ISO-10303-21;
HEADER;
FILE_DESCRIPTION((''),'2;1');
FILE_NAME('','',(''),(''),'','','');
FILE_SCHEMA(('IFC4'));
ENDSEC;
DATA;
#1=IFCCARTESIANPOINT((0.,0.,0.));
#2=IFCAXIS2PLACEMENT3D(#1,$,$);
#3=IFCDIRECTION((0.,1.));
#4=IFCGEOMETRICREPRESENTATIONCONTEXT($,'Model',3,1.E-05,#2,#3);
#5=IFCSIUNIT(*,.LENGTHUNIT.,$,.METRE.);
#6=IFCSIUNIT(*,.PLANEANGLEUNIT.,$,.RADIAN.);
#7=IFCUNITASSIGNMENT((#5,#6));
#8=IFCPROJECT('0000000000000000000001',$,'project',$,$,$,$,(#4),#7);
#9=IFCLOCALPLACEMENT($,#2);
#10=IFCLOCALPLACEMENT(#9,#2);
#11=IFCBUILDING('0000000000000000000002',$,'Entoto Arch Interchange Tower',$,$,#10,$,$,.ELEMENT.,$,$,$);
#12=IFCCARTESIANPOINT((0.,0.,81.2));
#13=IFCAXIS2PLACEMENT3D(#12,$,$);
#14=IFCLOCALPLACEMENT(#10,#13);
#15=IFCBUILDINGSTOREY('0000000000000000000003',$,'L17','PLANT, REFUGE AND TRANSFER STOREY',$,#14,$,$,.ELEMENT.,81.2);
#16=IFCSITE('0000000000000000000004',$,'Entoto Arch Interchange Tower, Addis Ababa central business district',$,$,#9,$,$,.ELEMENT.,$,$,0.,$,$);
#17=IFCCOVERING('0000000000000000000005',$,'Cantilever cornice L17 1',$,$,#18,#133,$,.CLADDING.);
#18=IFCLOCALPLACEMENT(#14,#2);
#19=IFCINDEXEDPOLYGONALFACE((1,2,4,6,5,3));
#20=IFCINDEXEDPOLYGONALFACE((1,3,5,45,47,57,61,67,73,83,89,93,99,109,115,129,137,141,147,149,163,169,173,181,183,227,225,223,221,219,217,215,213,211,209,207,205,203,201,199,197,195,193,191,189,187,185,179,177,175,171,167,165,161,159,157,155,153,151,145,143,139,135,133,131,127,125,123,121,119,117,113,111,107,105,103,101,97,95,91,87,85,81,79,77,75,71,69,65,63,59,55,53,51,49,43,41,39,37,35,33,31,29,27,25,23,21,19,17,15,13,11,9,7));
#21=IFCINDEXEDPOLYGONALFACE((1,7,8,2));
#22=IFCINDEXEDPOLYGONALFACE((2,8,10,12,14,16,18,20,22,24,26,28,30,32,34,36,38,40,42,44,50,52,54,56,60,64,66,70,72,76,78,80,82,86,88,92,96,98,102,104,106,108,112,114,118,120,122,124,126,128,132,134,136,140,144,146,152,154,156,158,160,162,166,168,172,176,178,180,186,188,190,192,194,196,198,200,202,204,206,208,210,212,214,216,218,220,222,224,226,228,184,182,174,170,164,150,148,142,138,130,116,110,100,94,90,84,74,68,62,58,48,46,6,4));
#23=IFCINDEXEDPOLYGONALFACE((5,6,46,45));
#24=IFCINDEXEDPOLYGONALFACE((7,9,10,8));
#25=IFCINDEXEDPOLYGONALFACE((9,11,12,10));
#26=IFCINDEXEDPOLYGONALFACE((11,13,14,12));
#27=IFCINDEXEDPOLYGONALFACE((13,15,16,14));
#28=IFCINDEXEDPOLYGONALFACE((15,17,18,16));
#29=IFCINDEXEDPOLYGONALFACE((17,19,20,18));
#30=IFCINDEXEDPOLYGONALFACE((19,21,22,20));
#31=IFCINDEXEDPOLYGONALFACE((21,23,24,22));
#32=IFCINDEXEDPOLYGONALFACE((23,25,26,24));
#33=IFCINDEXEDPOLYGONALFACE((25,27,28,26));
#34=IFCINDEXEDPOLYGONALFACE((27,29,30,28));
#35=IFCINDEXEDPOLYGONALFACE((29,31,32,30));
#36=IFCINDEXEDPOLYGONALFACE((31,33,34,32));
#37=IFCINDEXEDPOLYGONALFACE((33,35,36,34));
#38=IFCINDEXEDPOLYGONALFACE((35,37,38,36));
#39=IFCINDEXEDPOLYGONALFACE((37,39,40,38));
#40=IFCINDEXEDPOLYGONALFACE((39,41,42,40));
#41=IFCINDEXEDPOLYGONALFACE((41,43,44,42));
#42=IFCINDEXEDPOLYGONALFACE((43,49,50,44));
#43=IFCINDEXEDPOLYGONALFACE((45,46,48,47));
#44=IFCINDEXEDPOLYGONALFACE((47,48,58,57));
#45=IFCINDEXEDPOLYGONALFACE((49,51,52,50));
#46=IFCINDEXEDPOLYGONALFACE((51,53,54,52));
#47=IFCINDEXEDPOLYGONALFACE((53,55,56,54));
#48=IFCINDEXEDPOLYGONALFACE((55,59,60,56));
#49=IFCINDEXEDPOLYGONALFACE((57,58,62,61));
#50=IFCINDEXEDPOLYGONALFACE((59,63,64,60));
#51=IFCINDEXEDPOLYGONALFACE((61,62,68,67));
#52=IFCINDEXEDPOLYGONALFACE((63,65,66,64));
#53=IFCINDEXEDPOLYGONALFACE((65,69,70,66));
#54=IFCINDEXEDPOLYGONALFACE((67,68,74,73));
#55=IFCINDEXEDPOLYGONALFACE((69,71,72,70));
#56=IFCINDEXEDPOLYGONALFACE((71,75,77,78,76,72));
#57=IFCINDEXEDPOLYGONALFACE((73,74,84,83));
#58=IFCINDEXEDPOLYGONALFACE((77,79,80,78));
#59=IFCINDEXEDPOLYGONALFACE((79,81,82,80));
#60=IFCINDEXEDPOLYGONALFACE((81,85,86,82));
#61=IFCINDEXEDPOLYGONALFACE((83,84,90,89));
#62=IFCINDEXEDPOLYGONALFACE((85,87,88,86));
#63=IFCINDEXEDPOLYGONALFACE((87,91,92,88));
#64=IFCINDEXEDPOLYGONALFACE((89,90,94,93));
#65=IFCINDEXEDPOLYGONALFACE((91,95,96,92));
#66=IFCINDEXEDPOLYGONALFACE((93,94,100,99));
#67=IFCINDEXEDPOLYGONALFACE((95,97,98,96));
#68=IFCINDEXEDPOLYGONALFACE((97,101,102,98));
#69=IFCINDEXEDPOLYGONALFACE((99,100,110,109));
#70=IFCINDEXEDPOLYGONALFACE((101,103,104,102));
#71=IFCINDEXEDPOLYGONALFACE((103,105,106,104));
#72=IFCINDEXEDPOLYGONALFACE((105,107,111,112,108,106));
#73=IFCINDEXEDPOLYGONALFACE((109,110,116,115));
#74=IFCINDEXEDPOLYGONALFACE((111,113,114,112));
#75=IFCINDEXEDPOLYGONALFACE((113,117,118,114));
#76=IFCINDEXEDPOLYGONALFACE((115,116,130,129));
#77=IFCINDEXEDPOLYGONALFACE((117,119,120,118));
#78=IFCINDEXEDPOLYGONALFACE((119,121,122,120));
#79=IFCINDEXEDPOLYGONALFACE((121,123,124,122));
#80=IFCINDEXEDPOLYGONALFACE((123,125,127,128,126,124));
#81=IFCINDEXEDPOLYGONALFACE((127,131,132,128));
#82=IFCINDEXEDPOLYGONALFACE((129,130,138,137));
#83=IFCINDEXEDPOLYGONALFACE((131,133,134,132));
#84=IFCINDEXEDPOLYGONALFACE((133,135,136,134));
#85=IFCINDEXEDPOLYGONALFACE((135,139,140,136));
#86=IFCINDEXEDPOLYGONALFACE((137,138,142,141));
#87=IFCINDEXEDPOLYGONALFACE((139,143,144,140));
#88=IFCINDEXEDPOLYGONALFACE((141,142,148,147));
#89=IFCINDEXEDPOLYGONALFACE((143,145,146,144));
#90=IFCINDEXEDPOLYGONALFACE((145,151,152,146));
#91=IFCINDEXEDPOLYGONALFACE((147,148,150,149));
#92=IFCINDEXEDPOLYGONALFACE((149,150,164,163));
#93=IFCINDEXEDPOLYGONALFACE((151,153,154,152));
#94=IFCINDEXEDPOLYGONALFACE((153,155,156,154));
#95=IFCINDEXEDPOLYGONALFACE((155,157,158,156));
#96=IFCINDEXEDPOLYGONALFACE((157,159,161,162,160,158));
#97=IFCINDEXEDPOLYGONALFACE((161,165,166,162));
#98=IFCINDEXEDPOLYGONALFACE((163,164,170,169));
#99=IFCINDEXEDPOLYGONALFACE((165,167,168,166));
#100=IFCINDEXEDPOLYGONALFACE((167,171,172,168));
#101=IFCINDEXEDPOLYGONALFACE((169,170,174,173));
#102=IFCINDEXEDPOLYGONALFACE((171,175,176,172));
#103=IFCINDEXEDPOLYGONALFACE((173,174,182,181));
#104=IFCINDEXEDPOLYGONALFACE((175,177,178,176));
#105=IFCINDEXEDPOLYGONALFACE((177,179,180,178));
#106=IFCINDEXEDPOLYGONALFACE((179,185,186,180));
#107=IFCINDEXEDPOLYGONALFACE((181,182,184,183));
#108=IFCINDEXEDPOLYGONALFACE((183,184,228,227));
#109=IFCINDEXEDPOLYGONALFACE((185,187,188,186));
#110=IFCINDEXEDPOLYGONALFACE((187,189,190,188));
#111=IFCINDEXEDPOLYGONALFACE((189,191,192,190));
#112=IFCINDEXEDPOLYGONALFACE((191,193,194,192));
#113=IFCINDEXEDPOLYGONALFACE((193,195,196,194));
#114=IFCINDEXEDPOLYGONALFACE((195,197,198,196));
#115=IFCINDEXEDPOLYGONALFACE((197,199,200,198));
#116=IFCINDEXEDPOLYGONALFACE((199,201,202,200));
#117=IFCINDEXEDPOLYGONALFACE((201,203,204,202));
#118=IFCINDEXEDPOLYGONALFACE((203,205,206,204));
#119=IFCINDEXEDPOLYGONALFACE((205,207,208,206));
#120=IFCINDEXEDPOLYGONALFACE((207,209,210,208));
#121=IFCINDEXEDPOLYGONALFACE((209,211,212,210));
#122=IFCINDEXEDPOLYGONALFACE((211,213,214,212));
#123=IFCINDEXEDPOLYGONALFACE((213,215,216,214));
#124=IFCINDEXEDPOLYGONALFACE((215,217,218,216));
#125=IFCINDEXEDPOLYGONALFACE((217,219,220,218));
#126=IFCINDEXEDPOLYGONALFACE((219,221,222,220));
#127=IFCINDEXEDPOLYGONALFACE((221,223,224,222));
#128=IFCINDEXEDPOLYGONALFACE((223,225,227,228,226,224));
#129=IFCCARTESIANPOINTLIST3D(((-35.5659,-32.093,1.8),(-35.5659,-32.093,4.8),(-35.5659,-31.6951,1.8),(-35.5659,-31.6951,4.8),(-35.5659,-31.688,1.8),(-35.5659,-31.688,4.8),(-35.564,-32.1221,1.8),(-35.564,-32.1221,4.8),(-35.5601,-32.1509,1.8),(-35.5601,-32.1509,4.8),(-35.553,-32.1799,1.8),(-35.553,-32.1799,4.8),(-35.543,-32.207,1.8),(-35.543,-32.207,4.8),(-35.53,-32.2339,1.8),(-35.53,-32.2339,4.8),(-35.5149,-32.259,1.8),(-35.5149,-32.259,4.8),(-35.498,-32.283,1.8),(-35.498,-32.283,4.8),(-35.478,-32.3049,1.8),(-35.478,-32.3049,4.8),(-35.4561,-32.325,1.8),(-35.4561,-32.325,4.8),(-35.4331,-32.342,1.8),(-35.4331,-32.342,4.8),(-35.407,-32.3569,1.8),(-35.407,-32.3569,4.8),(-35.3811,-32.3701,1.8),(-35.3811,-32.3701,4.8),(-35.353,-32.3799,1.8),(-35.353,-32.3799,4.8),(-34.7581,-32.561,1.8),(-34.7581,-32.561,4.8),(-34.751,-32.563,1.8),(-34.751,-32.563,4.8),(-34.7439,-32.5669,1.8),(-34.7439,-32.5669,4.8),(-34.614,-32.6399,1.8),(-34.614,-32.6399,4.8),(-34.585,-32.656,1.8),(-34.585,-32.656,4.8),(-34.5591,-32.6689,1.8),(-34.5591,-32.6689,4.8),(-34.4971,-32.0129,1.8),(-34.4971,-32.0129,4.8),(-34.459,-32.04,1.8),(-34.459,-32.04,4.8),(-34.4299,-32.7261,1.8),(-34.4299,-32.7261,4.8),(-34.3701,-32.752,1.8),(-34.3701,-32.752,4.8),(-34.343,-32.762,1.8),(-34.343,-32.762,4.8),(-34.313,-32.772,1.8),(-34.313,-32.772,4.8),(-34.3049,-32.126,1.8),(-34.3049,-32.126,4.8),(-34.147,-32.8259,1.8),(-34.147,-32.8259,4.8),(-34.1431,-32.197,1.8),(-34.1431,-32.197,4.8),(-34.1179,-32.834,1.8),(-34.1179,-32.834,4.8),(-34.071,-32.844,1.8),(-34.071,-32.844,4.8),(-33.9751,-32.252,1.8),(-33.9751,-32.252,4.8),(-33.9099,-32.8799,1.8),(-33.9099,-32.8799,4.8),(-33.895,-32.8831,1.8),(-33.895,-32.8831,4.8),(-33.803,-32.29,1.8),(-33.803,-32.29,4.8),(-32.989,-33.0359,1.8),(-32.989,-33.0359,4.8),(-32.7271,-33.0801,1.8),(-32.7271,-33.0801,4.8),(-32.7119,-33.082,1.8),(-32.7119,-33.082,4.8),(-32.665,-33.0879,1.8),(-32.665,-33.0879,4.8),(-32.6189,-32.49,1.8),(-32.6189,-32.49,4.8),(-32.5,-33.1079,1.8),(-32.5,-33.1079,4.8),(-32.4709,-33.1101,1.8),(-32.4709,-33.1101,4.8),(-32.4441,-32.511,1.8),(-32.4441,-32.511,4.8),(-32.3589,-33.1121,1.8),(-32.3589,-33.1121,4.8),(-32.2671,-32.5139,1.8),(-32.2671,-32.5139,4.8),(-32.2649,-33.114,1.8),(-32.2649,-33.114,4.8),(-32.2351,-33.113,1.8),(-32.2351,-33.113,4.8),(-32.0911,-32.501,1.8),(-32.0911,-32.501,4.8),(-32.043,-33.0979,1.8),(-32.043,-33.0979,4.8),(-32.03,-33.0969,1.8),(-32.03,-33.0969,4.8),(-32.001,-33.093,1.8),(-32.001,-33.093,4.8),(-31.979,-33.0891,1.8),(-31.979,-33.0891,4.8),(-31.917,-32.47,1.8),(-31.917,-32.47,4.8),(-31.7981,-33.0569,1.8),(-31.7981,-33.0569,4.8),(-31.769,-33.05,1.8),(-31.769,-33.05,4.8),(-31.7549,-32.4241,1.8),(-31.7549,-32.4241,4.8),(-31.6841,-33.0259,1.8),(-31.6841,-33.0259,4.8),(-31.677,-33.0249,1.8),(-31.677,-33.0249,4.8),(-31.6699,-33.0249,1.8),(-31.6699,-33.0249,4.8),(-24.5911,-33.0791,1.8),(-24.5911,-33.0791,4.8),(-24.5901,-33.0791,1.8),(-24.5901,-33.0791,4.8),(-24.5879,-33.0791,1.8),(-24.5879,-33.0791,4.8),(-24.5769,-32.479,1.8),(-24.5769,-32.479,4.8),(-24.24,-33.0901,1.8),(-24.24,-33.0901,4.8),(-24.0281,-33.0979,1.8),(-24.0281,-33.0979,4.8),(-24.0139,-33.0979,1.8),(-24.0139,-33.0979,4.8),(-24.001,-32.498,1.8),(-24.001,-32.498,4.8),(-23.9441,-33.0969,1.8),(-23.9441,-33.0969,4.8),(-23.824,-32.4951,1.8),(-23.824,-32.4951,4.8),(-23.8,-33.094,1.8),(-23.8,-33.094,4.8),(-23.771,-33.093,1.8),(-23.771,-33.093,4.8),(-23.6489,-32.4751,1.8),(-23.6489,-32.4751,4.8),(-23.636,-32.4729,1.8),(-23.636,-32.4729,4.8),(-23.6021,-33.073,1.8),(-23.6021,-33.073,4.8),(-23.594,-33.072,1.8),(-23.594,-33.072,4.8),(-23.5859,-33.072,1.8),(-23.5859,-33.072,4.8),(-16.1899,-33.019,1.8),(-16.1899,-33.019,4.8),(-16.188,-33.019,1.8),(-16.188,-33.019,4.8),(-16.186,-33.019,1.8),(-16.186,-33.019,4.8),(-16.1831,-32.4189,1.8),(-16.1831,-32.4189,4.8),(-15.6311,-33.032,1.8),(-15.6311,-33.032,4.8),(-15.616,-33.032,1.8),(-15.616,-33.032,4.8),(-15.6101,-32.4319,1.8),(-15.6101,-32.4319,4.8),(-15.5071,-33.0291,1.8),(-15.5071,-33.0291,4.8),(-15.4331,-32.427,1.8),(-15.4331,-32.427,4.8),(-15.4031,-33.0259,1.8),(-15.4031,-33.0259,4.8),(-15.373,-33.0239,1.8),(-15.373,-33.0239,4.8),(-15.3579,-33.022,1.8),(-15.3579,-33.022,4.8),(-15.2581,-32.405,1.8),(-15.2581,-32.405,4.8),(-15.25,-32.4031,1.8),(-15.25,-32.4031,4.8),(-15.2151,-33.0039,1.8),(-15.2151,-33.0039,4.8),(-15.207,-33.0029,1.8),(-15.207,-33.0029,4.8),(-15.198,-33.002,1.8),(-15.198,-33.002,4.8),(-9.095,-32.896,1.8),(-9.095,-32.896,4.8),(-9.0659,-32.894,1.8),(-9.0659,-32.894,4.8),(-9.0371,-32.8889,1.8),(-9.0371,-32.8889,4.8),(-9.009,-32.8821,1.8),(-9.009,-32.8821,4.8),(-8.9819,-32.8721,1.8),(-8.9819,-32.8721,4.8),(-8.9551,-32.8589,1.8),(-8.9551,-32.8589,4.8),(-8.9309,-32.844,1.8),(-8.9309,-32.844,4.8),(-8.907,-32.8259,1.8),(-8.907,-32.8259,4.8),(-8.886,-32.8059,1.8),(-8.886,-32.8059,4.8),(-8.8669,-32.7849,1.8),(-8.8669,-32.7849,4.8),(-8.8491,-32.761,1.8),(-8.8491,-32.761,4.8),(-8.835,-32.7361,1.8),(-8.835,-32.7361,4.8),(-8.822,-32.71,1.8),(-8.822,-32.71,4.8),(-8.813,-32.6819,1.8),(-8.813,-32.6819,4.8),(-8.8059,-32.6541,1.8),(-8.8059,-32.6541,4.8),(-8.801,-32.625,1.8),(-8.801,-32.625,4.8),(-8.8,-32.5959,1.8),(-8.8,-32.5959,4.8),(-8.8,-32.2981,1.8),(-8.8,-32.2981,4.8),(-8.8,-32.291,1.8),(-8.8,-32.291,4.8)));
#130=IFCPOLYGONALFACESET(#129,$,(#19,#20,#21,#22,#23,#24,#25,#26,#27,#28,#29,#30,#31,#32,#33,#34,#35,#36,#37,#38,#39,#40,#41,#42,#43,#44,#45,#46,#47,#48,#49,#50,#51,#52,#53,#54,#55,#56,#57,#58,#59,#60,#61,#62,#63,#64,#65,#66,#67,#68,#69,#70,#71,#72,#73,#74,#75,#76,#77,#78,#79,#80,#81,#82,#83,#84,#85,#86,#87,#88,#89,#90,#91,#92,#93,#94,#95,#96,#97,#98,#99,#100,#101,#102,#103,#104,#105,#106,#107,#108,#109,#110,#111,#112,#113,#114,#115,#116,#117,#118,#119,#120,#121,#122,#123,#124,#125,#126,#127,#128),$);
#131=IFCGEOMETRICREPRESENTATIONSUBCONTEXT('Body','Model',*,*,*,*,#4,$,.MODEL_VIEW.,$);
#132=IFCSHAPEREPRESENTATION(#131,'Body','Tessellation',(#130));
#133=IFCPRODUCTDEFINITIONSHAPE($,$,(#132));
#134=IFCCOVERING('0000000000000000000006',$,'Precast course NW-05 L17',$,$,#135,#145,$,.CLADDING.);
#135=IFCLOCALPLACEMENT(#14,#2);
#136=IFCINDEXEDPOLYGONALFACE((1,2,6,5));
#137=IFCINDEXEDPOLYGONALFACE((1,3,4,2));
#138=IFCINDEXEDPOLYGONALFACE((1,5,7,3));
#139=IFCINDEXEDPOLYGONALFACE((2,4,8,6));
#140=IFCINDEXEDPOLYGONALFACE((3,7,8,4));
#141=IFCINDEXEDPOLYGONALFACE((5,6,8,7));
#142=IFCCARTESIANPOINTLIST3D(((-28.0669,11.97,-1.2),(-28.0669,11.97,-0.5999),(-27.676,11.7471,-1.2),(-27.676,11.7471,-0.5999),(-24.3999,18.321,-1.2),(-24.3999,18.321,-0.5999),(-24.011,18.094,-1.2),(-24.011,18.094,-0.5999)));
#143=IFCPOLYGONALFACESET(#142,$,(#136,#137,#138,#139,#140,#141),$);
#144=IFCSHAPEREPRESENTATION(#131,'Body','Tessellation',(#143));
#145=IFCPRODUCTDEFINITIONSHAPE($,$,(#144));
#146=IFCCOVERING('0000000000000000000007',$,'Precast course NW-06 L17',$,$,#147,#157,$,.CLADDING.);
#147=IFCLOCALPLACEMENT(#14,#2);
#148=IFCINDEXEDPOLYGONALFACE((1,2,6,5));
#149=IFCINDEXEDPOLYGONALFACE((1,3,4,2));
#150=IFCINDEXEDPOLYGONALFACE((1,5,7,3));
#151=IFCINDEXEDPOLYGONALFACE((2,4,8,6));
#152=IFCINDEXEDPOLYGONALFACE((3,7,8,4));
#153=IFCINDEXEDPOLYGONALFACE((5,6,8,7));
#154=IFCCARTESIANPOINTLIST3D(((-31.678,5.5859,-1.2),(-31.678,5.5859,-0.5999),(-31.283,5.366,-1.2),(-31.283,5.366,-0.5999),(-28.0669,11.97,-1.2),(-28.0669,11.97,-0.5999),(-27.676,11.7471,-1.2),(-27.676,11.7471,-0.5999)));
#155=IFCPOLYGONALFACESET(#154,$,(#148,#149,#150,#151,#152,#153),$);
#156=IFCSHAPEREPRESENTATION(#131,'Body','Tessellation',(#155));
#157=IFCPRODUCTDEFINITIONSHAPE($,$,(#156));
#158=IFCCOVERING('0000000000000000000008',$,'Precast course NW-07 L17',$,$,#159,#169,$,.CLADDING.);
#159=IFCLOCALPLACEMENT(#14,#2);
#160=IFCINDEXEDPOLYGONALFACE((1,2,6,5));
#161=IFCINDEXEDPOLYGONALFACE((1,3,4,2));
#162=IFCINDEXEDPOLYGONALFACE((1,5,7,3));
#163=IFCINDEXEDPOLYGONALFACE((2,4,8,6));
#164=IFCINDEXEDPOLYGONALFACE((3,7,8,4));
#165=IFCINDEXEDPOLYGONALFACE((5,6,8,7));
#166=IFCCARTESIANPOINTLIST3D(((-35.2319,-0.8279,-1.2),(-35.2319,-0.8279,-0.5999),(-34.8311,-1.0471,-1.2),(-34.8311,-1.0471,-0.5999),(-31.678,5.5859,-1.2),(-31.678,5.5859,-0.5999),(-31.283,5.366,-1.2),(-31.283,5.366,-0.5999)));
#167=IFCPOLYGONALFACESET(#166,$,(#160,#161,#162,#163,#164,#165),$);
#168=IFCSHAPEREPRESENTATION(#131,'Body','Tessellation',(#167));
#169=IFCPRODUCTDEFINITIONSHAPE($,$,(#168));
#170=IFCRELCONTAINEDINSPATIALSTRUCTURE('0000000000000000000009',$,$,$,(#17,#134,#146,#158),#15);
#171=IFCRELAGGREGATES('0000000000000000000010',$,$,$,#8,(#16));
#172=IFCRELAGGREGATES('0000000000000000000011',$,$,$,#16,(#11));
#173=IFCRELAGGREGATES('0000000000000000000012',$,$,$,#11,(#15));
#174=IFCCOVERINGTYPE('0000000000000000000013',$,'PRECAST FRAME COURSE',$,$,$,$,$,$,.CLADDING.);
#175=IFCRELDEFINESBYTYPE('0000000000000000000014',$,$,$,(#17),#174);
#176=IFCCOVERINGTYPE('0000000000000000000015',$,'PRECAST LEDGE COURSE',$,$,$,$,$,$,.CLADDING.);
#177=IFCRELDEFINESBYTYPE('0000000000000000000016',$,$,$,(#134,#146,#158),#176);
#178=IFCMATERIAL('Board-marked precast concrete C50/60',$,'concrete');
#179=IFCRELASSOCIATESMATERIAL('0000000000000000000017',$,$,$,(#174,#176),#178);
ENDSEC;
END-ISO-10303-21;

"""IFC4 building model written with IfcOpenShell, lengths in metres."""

from ifc_helpers import new_model, si_unit, direction, frame, origin, place, context, subcontext, project, spatial, polyline, outline, extrude, material, type_object, element, save


model = new_model("IFC4")

# Units and contexts
model_context = context("Model", 3, precision=1e-05, world=origin(), true_north=direction((0.0, 1.0)))
body_context = subcontext(model_context, "Body", "Model", "MODEL_VIEW")
ifc_project = project(units=[si_unit("LENGTHUNIT", "METRE"), si_unit("PLANEANGLEUNIT", "RADIAN")], contexts=[model_context])

# Site, building, storey
site_placement = place(None, origin())
site = spatial("IfcSite", under=ifc_project, at=site_placement, Name="Entoto Arch Interchange Tower, Addis Ababa central business district", CompositionType="ELEMENT", RefElevation=0.0)
building_placement = place(site_placement, origin())
building = spatial("IfcBuilding", under=site, at=building_placement, Name="Entoto Arch Interchange Tower", CompositionType="ELEMENT")
storey_placement = place(building_placement, frame((0.0, 0.0, 81.2)))
storey = spatial("IfcBuildingStorey", under=building, at=storey_placement, Name="L17", Description="PLANT, REFUGE AND TRANSFER STOREY", CompositionType="ELEMENT", Elevation=81.2)

# Coverings
ifc_material_1 = material(Name="Board-marked precast concrete C50/60", Category="concrete")
covering_type_1 = type_object("IfcCoveringType", Name="PRECAST FRAME COURSE", PredefinedType="CLADDING", material=ifc_material_1)
covering_1_placement = place(storey_placement, frame((0.0, 0.0, 1.8)))
element("IfcCovering", 1, at=covering_1_placement, inside=storey, type_object=covering_type_1, Name="Cantilever cornice L17 1", PredefinedType="CLADDING", context=body_context, shape_type="SweptSolid", body=[
    extrude(outline(polyline([(-8.8059, -32.6541), (-8.813, -32.6819), (-8.822, -32.71), (-8.835, -32.7361), (-8.8491, -32.761), (-8.8669, -32.7849), (-8.886, -32.8059), (-8.907, -32.8259), (-8.9309, -32.844), (-8.9551, -32.8589), (-8.9819, -32.8721), (-9.009, -32.8821), (-9.0371, -32.8889), (-9.0659, -32.894), (-9.095, -32.896), (-15.198, -33.002), (-15.207, -33.0029), (-15.2151, -33.0039), (-15.3579, -33.022), (-15.373, -33.0239), (-15.4031, -33.0259), (-15.5071, -33.0291), (-15.616, -33.032), (-15.6311, -33.032), (-16.186, -33.019), (-16.188, -33.019), (-16.1899, -33.019), (-23.5859, -33.072), (-23.594, -33.072), (-23.6021, -33.073), (-23.771, -33.093), (-23.8, -33.094), (-23.9441, -33.0969), (-24.0139, -33.0979), (-24.0281, -33.0979), (-24.24, -33.0901), (-24.5879, -33.0791), (-24.5901, -33.0791), (-24.5911, -33.0791), (-31.6699, -33.0249), (-31.677, -33.0249), (-31.6841, -33.0259), (-31.769, -33.05), (-31.7981, -33.0569), (-31.979, -33.0891), (-32.001, -33.093), (-32.03, -33.0969), (-32.043, -33.0979), (-32.2351, -33.113), (-32.2649, -33.114), (-32.3589, -33.1121), (-32.4709, -33.1101), (-32.5, -33.1079), (-32.665, -33.0879), (-32.7119, -33.082), (-32.7271, -33.0801), (-32.989, -33.0359), (-33.895, -32.8831), (-33.9099, -32.8799), (-34.071, -32.844), (-34.1179, -32.834), (-34.147, -32.8259), (-34.313, -32.772), (-34.343, -32.762), (-34.3701, -32.752), (-34.4299, -32.7261), (-34.5591, -32.6689), (-34.585, -32.656), (-34.614, -32.6399), (-34.7439, -32.5669), (-34.751, -32.563), (-34.7581, -32.561), (-35.353, -32.3799), (-35.3811, -32.3701), (-35.407, -32.3569), (-35.4331, -32.342), (-35.4561, -32.325), (-35.478, -32.3049), (-35.498, -32.283), (-35.5149, -32.259), (-35.53, -32.2339), (-35.543, -32.207), (-35.553, -32.1799), (-35.5601, -32.1509), (-35.564, -32.1221), (-35.5659, -32.093), (-35.5659, -31.6951), (-35.5659, -31.688), (-34.4971, -32.0129), (-34.459, -32.04), (-34.3049, -32.126), (-34.1431, -32.197), (-33.9751, -32.252), (-33.803, -32.29), (-32.6189, -32.49), (-32.4441, -32.511), (-32.2671, -32.5139), (-32.0911, -32.501), (-31.917, -32.47), (-31.7549, -32.4241), (-24.5769, -32.479), (-24.001, -32.498), (-23.824, -32.4951), (-23.6489, -32.4751), (-23.636, -32.4729), (-16.1831, -32.4189), (-15.6101, -32.4319), (-15.4331, -32.427), (-15.2581, -32.405), (-15.25, -32.4031), (-8.8, -32.291), (-8.8, -32.2981), (-8.8, -32.5959), (-8.801, -32.625), (-8.8059, -32.6541)])), origin(), (0.0, 0.0, 1.0), 3.0),
])
covering_type_2 = type_object("IfcCoveringType", Name="PRECAST LEDGE COURSE", PredefinedType="CLADDING", material=ifc_material_1)
covering_2_placement = place(storey_placement, frame((0.0, 0.0, -1.2)))
element("IfcCovering", 2, at=covering_2_placement, inside=storey, type_object=covering_type_2, Name="Precast course NW-05 L17", PredefinedType="CLADDING", context=body_context, shape_type="SweptSolid", body=[
    extrude(outline(polyline([(-27.676, 11.7471), (-28.0669, 11.97), (-24.3999, 18.321), (-24.011, 18.094), (-27.676, 11.7471)])), origin(), (0.0, 0.0, 1.0), 0.6001),
])
covering_3_placement = place(storey_placement, frame((0.0, 0.0, -1.2)))
element("IfcCovering", 3, at=covering_3_placement, inside=storey, type_object=covering_type_2, Name="Precast course NW-06 L17", PredefinedType="CLADDING", context=body_context, shape_type="SweptSolid", body=[
    extrude(outline(polyline([(-31.283, 5.366), (-31.678, 5.5859), (-28.0669, 11.97), (-27.676, 11.7471), (-31.283, 5.366)])), origin(), (0.0, 0.0, 1.0), 0.6001),
])
covering_4_placement = place(storey_placement, frame((0.0, 0.0, -1.2)))
element("IfcCovering", 4, at=covering_4_placement, inside=storey, type_object=covering_type_2, Name="Precast course NW-07 L17", PredefinedType="CLADDING", context=body_context, shape_type="SweptSolid", body=[
    extrude(outline(polyline([(-34.8311, -1.0471), (-35.2319, -0.8279), (-31.678, 5.5859), (-31.283, 5.366), (-34.8311, -1.0471)])), origin(), (0.0, 0.0, 1.0), 0.6001),
])

save(model, "model.ifc")
